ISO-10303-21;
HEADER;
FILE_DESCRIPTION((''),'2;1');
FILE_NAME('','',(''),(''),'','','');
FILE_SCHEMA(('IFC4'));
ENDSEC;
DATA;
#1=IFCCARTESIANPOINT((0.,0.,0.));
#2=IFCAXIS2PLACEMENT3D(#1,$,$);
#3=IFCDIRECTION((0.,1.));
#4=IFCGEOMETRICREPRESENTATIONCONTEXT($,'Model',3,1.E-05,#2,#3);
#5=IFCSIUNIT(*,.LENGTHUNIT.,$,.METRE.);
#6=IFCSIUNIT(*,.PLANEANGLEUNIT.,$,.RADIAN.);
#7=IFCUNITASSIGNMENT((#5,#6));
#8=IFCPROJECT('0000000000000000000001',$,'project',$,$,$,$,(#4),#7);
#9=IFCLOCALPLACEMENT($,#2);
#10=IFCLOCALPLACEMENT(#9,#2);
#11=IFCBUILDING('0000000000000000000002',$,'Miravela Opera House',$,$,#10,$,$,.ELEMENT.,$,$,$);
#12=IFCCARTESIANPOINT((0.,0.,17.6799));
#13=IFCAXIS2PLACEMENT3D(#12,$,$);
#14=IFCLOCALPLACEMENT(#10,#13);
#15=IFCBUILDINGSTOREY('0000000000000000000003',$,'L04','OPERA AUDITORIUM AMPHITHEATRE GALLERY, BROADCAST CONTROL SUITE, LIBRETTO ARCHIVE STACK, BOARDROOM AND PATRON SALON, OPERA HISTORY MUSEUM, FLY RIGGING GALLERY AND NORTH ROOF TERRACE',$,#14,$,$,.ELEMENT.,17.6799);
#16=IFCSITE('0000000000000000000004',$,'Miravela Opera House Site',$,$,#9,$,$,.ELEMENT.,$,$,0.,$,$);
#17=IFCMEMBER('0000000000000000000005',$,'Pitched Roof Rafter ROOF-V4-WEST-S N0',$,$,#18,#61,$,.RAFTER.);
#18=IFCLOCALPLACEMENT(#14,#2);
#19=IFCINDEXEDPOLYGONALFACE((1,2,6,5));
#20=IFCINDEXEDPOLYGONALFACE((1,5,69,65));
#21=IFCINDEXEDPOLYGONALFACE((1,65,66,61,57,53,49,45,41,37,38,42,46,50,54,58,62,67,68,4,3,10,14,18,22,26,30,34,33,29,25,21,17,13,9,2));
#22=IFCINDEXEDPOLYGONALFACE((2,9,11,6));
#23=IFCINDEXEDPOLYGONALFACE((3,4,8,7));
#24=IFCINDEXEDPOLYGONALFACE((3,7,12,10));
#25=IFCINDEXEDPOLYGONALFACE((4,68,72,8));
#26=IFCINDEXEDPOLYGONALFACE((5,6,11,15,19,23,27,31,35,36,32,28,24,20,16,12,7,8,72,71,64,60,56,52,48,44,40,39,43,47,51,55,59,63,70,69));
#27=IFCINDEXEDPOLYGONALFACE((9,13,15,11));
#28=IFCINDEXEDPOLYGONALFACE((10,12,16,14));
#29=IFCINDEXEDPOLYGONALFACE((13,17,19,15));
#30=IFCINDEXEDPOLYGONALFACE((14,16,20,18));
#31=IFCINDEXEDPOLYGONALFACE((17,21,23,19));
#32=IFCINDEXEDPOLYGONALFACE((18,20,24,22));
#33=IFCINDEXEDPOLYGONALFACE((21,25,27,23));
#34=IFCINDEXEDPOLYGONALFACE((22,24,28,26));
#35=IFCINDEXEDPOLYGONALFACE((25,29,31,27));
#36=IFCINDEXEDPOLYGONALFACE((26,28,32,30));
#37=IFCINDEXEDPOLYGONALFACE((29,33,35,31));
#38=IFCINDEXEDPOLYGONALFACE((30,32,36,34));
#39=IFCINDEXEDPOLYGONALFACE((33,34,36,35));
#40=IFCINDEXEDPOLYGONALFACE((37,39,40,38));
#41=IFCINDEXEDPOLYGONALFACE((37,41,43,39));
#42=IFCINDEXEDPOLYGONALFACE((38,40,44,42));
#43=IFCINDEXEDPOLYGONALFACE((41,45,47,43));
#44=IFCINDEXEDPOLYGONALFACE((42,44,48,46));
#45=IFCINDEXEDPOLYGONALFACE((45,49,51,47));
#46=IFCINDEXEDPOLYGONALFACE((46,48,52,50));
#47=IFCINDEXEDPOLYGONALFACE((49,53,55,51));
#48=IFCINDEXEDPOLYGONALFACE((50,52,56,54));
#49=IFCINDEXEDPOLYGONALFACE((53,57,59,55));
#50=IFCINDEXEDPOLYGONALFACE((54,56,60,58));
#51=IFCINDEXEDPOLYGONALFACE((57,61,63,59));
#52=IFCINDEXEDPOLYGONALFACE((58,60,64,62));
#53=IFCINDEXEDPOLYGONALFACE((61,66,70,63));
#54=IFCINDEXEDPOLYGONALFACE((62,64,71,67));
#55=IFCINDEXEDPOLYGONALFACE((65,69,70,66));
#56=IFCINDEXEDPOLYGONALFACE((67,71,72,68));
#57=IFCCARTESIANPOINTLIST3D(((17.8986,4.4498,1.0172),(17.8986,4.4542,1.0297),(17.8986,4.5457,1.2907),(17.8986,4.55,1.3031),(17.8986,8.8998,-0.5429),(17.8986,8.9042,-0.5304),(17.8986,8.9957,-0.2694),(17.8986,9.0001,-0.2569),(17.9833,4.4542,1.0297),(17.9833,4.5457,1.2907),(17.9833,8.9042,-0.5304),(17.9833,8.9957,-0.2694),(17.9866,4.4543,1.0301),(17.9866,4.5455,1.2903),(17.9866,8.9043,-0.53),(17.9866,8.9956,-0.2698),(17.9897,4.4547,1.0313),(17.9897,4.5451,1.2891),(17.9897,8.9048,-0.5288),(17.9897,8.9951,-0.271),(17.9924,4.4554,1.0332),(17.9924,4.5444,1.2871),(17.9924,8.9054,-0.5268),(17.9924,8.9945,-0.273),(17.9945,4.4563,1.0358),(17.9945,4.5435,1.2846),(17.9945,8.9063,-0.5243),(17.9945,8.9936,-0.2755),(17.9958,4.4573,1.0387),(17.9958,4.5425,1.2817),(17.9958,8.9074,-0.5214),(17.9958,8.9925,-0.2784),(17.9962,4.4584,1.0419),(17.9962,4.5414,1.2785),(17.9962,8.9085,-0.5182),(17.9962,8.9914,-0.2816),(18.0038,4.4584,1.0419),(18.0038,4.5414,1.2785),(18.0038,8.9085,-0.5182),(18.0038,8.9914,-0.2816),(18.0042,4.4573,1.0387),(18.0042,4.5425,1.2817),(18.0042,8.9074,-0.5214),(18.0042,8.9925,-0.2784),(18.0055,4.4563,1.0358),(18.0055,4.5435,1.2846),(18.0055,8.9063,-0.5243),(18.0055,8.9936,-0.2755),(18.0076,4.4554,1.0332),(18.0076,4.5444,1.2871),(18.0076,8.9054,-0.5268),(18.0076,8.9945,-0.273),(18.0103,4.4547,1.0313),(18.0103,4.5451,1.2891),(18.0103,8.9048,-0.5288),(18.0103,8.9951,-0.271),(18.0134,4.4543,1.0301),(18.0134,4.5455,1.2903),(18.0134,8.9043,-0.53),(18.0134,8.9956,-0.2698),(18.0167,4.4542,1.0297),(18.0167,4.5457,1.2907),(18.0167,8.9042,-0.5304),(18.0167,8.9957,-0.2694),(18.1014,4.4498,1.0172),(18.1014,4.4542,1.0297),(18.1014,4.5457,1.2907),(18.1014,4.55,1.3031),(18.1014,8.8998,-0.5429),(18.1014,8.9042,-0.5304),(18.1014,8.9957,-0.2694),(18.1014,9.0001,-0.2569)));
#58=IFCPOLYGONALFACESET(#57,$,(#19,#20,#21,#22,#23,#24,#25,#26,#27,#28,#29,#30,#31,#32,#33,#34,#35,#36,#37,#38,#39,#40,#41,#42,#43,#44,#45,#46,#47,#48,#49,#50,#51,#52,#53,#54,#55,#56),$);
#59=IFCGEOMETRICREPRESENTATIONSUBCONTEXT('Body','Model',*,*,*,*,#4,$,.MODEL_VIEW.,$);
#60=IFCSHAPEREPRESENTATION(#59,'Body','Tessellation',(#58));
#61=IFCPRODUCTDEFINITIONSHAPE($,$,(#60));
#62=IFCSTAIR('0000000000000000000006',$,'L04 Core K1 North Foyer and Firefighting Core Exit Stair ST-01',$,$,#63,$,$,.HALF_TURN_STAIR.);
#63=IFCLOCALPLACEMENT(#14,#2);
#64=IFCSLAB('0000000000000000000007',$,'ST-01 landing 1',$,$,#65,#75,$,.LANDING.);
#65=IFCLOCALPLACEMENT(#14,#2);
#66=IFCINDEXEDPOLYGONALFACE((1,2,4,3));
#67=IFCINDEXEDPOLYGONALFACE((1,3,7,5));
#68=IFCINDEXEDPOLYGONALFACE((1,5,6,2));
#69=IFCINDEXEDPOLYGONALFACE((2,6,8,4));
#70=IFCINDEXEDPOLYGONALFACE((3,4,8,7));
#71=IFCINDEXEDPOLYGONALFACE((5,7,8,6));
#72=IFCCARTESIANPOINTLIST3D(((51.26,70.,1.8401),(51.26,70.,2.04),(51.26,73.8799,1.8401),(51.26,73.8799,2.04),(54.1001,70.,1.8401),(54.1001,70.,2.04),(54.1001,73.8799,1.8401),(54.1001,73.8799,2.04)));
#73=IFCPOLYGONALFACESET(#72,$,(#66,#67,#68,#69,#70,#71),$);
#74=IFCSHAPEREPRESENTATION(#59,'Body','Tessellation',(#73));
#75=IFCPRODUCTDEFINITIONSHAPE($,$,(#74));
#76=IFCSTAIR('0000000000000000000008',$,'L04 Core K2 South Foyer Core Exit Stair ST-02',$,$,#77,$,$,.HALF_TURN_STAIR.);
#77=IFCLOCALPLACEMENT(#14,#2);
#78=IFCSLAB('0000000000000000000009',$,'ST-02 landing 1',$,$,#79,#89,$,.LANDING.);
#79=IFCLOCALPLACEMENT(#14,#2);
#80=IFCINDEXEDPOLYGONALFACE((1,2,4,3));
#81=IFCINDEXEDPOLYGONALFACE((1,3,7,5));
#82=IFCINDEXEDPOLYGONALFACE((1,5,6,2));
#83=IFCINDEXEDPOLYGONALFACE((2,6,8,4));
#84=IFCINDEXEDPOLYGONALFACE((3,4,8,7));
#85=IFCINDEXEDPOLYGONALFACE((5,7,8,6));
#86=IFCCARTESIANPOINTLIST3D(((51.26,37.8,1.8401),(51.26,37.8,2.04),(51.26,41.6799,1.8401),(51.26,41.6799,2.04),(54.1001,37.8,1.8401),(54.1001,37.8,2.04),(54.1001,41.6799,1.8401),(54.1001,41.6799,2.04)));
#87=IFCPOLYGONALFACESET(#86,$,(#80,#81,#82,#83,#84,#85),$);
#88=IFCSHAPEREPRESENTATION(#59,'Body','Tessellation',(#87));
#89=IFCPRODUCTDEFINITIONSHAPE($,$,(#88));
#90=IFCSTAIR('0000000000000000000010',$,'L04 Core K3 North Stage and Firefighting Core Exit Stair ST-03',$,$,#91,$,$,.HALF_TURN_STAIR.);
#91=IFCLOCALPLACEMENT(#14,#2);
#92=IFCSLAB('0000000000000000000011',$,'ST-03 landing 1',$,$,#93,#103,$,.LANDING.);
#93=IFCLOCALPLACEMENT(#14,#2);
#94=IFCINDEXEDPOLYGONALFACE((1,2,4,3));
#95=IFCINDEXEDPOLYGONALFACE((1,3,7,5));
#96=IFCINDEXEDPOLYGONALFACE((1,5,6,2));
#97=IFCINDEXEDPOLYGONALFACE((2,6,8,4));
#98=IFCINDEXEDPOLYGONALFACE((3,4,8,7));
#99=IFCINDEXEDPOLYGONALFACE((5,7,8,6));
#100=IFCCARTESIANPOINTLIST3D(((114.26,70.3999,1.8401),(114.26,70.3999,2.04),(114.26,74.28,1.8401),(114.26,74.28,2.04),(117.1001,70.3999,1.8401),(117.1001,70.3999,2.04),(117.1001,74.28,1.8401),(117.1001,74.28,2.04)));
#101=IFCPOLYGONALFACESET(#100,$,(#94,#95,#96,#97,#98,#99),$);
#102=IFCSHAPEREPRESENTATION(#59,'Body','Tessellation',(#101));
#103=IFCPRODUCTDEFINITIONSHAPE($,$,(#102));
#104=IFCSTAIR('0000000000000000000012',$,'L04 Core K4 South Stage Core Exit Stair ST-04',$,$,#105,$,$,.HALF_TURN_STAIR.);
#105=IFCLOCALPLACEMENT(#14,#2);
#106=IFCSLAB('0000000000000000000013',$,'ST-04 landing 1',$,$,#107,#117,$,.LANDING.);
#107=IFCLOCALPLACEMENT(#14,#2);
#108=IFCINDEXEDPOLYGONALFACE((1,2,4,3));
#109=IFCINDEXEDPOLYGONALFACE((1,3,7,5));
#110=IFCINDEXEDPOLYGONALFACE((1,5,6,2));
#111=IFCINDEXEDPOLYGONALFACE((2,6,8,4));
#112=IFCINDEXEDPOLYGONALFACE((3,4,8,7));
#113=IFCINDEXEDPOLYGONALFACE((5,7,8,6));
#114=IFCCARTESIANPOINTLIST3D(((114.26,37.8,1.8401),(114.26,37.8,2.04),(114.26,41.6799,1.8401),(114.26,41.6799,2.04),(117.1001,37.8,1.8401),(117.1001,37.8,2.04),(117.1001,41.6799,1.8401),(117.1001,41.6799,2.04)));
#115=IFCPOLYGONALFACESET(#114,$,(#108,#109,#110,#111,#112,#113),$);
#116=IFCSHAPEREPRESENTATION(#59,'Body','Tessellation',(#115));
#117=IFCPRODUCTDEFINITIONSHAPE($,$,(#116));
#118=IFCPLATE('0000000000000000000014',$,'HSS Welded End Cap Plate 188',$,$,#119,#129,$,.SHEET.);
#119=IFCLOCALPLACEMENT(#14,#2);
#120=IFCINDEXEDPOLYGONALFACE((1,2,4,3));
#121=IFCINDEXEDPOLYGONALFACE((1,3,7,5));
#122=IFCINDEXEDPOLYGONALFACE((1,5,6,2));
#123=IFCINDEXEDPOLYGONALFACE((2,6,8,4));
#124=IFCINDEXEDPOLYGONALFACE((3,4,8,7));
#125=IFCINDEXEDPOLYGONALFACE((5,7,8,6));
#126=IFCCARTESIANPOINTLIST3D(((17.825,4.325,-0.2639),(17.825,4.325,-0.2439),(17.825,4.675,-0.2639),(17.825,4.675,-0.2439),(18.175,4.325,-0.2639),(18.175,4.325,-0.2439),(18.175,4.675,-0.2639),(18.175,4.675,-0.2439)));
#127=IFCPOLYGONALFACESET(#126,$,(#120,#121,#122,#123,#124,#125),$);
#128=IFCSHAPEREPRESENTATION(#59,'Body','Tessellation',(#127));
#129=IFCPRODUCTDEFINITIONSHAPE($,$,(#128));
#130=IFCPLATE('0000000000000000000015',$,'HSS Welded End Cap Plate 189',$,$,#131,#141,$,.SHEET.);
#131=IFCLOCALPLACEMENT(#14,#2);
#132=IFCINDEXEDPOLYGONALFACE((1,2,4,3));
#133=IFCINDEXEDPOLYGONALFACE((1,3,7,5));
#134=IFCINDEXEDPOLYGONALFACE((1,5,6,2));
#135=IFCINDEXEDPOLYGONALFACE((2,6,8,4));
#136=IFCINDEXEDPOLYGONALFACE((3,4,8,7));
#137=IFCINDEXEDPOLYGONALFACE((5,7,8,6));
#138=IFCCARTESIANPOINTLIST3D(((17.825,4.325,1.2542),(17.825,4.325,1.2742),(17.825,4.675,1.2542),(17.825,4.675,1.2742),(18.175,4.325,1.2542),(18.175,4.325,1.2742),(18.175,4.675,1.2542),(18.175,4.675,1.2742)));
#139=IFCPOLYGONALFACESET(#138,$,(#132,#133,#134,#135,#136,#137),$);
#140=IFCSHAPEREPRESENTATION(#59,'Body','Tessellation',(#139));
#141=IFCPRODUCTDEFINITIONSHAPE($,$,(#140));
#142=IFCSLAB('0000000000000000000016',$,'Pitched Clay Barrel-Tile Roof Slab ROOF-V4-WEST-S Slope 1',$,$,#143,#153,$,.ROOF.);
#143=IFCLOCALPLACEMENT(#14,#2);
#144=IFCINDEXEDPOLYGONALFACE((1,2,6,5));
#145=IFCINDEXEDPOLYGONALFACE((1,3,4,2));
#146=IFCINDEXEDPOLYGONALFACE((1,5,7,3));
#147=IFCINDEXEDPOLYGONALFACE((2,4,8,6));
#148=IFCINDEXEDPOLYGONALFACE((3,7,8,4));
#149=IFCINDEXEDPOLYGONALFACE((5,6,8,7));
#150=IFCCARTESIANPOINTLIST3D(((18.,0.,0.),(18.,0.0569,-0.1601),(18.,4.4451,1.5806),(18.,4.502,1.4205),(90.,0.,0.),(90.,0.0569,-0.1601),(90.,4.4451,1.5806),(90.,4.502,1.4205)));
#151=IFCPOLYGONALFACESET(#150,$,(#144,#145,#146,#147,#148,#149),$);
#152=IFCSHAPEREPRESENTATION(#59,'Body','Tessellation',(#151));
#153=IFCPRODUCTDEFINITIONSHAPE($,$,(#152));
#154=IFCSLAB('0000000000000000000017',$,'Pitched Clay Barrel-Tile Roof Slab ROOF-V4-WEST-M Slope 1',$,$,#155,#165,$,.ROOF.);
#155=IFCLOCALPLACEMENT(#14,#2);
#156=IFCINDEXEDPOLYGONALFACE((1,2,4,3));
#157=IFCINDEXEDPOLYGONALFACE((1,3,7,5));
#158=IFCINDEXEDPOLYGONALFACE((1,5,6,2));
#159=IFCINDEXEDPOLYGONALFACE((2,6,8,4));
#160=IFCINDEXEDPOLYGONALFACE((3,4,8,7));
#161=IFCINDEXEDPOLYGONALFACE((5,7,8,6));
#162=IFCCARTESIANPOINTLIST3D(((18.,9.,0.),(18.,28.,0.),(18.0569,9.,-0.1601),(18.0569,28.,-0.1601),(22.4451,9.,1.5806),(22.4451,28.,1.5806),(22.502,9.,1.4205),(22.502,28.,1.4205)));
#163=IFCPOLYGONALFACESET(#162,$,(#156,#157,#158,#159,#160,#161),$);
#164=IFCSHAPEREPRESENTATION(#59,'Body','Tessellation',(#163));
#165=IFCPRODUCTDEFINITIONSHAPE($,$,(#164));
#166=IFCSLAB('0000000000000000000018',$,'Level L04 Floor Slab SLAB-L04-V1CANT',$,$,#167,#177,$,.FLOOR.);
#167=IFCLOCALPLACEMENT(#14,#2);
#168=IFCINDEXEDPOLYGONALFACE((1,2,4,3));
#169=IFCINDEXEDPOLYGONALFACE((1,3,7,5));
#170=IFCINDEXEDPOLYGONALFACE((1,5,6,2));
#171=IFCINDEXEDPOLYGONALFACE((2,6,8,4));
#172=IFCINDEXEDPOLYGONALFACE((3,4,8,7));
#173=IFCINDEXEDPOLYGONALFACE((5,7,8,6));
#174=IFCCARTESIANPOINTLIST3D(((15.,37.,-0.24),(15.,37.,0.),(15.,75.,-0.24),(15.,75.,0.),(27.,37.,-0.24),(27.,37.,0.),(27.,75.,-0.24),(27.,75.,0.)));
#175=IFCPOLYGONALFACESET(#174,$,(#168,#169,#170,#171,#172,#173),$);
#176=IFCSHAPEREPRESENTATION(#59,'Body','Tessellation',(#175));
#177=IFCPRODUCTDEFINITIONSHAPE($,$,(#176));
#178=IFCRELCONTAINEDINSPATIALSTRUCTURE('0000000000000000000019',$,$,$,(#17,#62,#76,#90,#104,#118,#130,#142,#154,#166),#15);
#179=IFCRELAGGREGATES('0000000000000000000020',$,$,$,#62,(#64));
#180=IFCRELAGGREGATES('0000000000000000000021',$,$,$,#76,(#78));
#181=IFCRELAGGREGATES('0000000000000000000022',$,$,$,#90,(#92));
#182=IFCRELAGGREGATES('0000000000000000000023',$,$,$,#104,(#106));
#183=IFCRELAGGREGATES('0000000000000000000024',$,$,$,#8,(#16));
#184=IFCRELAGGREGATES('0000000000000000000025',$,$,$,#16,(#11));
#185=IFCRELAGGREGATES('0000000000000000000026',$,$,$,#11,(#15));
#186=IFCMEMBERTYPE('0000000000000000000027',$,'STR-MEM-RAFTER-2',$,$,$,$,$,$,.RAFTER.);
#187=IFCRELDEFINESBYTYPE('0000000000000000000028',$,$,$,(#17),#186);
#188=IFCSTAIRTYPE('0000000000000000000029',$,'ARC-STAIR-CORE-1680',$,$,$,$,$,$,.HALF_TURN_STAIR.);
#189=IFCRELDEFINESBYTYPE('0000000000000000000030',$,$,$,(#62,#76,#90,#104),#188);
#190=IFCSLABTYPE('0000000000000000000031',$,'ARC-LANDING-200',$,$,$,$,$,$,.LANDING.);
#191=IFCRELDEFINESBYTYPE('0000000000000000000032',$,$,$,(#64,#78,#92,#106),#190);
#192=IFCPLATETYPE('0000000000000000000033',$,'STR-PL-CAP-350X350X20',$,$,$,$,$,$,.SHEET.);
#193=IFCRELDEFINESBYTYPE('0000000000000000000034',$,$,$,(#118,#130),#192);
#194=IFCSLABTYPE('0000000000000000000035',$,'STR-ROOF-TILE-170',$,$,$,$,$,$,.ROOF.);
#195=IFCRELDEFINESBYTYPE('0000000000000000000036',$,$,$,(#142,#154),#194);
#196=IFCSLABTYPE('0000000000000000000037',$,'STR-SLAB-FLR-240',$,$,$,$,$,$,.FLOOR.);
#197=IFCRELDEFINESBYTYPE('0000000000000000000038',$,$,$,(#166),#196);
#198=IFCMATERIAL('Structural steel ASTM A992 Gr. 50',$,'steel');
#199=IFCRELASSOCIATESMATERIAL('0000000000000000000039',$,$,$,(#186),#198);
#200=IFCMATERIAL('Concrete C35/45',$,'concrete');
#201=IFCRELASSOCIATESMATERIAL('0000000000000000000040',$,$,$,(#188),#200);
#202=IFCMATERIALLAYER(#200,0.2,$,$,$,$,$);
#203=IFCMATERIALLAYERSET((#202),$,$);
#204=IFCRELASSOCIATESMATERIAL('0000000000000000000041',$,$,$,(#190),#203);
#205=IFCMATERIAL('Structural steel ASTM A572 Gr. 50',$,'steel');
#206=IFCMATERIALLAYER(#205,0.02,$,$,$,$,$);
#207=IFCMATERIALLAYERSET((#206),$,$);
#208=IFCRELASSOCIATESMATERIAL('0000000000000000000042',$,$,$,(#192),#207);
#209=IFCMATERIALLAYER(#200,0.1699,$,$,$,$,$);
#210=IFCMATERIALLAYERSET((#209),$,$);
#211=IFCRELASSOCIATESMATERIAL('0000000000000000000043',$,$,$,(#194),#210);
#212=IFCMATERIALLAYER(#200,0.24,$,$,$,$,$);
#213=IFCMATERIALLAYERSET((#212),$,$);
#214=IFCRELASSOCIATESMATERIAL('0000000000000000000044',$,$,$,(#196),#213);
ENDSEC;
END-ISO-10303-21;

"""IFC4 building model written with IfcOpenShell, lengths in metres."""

from ifc_helpers import new_model, si_unit, direction, frame, origin, origin_2d, place, context, subcontext, project, spatial, polyline, rectangle, i_section, outline, extrude, material, layer, layer_set, material_profile, profile_set, type_object, element, aggregate, save


model = new_model("IFC4")

# Units and contexts
model_context = context("Model", 3, precision=1e-05, world=origin(), true_north=direction((0.0, 1.0)))
body_context = subcontext(model_context, "Body", "Model", "MODEL_VIEW")
ifc_project = project(units=[si_unit("LENGTHUNIT", "METRE"), si_unit("PLANEANGLEUNIT", "RADIAN")], contexts=[model_context])

# Site, building, storey
site_placement = place(None, origin())
site = spatial("IfcSite", under=ifc_project, at=site_placement, Name="Miravela Opera House Site", CompositionType="ELEMENT", RefElevation=0.0)
building_placement = place(site_placement, origin())
building = spatial("IfcBuilding", under=site, at=building_placement, Name="Miravela Opera House", CompositionType="ELEMENT")
storey_placement = place(building_placement, frame((0.0, 0.0, 17.6799)))
storey = spatial("IfcBuildingStorey", under=building, at=storey_placement, Name="L04", Description="OPERA AUDITORIUM AMPHITHEATRE GALLERY, BROADCAST CONTROL SUITE, LIBRETTO ARCHIVE STACK, BOARDROOM AND PATRON SALON, OPERA HISTORY MUSEUM, FLY RIGGING GALLERY AND NORTH ROOF TERRACE", CompositionType="ELEMENT", Elevation=17.6799)

# Shared definitions
ifc_material_1 = material(Name="Structural steel ASTM A992 Gr. 50", Category="steel")

# Member
ifc_material_profile_1 = material_profile(ifc_material_1, i_section(OverallWidth=0.2029, OverallDepth=0.303, WebThickness=0.0076, FlangeThickness=0.0132, FilletRadius=0.0129, at=origin_2d()), Name="W310X60")
ifc_profile_set_1 = profile_set([ifc_material_profile_1])
member_type_1 = type_object("IfcMemberType", Name="STR-MEM-RAFTER-2", PredefinedType="RAFTER", material=ifc_profile_set_1)
member_1_placement = place(storey_placement, frame((18.0, 8.95, -0.3999), z_axis=(0.0, -0.943688, 0.330837), x_axis=(1.0, 0.0, 0.0)))
element("IfcMember", 1, at=member_1_placement, inside=storey, type_object=member_type_1, Name="Pitched Roof Rafter ROOF-V4-WEST-S N0", PredefinedType="RAFTER", context=body_context, shape_type="SweptSolid", body=[
    extrude(i_section(OverallWidth=0.2029, OverallDepth=0.303, WebThickness=0.0076, FlangeThickness=0.0132, FilletRadius=0.0129, at=origin_2d()), origin(), (0.0, 0.0, 1.0), 4.7156),
])

# Stairs, slabs
ifc_material_2 = material(Name="Concrete C35/45", Category="concrete")
stair_type = type_object("IfcStairType", Name="ARC-STAIR-CORE-1680", PredefinedType="HALF_TURN_STAIR", material=ifc_material_2)
stair_1_placement = place(storey_placement, origin())
stair_1 = element("IfcStair", 2, at=stair_1_placement, inside=storey, type_object=stair_type, Name="L04 Core K1 North Foyer and Firefighting Core Exit Stair ST-01", PredefinedType="HALF_TURN_STAIR")
ifc_layer_1 = layer(ifc_material_2, 0.2)
ifc_layer_set_1 = layer_set([ifc_layer_1])
slab_type_1 = type_object("IfcSlabType", Name="ARC-LANDING-200", PredefinedType="LANDING", material=ifc_layer_set_1)
slab_1_placement = place(storey_placement, frame((0.0, 0.0, 1.8401)))
slab_1 = element("IfcSlab", 3, at=slab_1_placement, type_object=slab_type_1, Name="ST-01 landing 1", PredefinedType="LANDING", context=body_context, shape_type="SweptSolid", body=[
    extrude(outline(polyline([(51.26, 70.0), (54.1001, 70.0), (54.1001, 73.8799), (51.26, 73.8799), (51.26, 70.0)])), origin(), (0.0, 0.0, 1.0), 0.2),
])
aggregate(stair_1, [slab_1])
stair_2_placement = place(storey_placement, origin())
stair_2 = element("IfcStair", 4, at=stair_2_placement, inside=storey, type_object=stair_type, Name="L04 Core K2 South Foyer Core Exit Stair ST-02", PredefinedType="HALF_TURN_STAIR")
slab_2_placement = place(storey_placement, frame((0.0, 0.0, 1.8401)))
slab_2 = element("IfcSlab", 5, at=slab_2_placement, type_object=slab_type_1, Name="ST-02 landing 1", PredefinedType="LANDING", context=body_context, shape_type="SweptSolid", body=[
    extrude(outline(polyline([(51.26, 37.8), (54.1001, 37.8), (54.1001, 41.6799), (51.26, 41.6799), (51.26, 37.8)])), origin(), (0.0, 0.0, 1.0), 0.2),
])
aggregate(stair_2, [slab_2])
stair_3_placement = place(storey_placement, origin())
stair_3 = element("IfcStair", 6, at=stair_3_placement, inside=storey, type_object=stair_type, Name="L04 Core K3 North Stage and Firefighting Core Exit Stair ST-03", PredefinedType="HALF_TURN_STAIR")
slab_3_placement = place(storey_placement, frame((0.0, 0.0, 1.8401)))
slab_3 = element("IfcSlab", 7, at=slab_3_placement, type_object=slab_type_1, Name="ST-03 landing 1", PredefinedType="LANDING", context=body_context, shape_type="SweptSolid", body=[
    extrude(outline(polyline([(114.26, 70.3999), (117.1001, 70.3999), (117.1001, 74.28), (114.26, 74.28), (114.26, 70.3999)])), origin(), (0.0, 0.0, 1.0), 0.2),
])
aggregate(stair_3, [slab_3])
stair_4_placement = place(storey_placement, origin())
stair_4 = element("IfcStair", 8, at=stair_4_placement, inside=storey, type_object=stair_type, Name="L04 Core K4 South Stage Core Exit Stair ST-04", PredefinedType="HALF_TURN_STAIR")
slab_4_placement = place(storey_placement, frame((0.0, 0.0, 1.8401)))
slab_4 = element("IfcSlab", 9, at=slab_4_placement, type_object=slab_type_1, Name="ST-04 landing 1", PredefinedType="LANDING", context=body_context, shape_type="SweptSolid", body=[
    extrude(outline(polyline([(114.26, 37.8), (117.1001, 37.8), (117.1001, 41.6799), (114.26, 41.6799), (114.26, 37.8)])), origin(), (0.0, 0.0, 1.0), 0.2),
])
aggregate(stair_4, [slab_4])

# Plates
ifc_material_3 = material(Name="Structural steel ASTM A572 Gr. 50", Category="steel")
ifc_layer_2 = layer(ifc_material_3, 0.02)
ifc_layer_set_2 = layer_set([ifc_layer_2])
plate_type = type_object("IfcPlateType", Name="STR-PL-CAP-350X350X20", PredefinedType="SHEET", material=ifc_layer_set_2)
for number, where, z_axis, x_axis, name in (
    (10, (18.0, 4.5, -0.2639), (0.0, 0.0, 1.0), (1.0, 0.0, 0.0), "HSS Welded End Cap Plate 188"),
    (11, (18.0, 4.5, 1.2542), (0.0, 0.0, 1.0), (1.0, 0.0, 0.0), "HSS Welded End Cap Plate 189"),
):
    element("IfcPlate", number, at=place(storey_placement, frame(where, z_axis=z_axis, x_axis=x_axis)), inside=storey, type_object=plate_type, Name=name, PredefinedType="SHEET", context=body_context, shape_type="SweptSolid", body=[
        extrude(rectangle(XDim=0.3501, YDim=0.3501, at=origin_2d()), origin(), (0.0, 0.0, 1.0), 0.02),
    ])

# Slabs
ifc_layer_3 = layer(ifc_material_2, 0.1699)
ifc_layer_set_3 = layer_set([ifc_layer_3])
slab_type_2 = type_object("IfcSlabType", Name="STR-ROOF-TILE-170", PredefinedType="ROOF", material=ifc_layer_set_3)
slab_5_placement = place(storey_placement, frame((18.0, 0.0, 0.0), z_axis=(0.0, -0.335028, 0.942208), x_axis=(1.0, 0.0, 0.0)))
element("IfcSlab", 12, at=slab_5_placement, inside=storey, type_object=slab_type_2, Name="Pitched Clay Barrel-Tile Roof Slab ROOF-V4-WEST-S Slope 1", PredefinedType="ROOF", context=body_context, shape_type="SweptSolid", body=[
    extrude(outline(polyline([(0.0, 0.0), (72.0, 0.0), (72.0, 4.7177), (0.0, 4.7177), (0.0, 0.0)])), origin(), (0.0, 0.0, -1.0), 0.1699),
])
slab_6_placement = place(storey_placement, frame((18.0, 9.0, 0.0), z_axis=(-0.335028, 0.0, 0.942208), x_axis=(0.0, 1.0, 0.0)))
element("IfcSlab", 13, at=slab_6_placement, inside=storey, type_object=slab_type_2, Name="Pitched Clay Barrel-Tile Roof Slab ROOF-V4-WEST-M Slope 1", PredefinedType="ROOF", context=body_context, shape_type="SweptSolid", body=[
    extrude(outline(polyline([(0.0, 0.0), (19.0, 0.0), (19.0, -4.7177), (0.0, -4.7177), (0.0, 0.0)])), origin(), (0.0, 0.0, -1.0), 0.1699),
])
ifc_layer_4 = layer(ifc_material_2, 0.24)
ifc_layer_set_4 = layer_set([ifc_layer_4])
slab_type_3 = type_object("IfcSlabType", Name="STR-SLAB-FLR-240", PredefinedType="FLOOR", material=ifc_layer_set_4)
slab_7_placement = place(storey_placement, frame((0.0, 0.0, -0.24)))
element("IfcSlab", 14, at=slab_7_placement, inside=storey, type_object=slab_type_3, Name="Level L04 Floor Slab SLAB-L04-V1CANT", PredefinedType="FLOOR", context=body_context, shape_type="SweptSolid", body=[
    extrude(outline(polyline([(15.0, 37.0), (27.0, 37.0), (27.0, 75.0), (15.0, 75.0), (15.0, 37.0)])), origin(), (0.0, 0.0, 1.0), 0.24),
])

save(model, "model.ifc")
